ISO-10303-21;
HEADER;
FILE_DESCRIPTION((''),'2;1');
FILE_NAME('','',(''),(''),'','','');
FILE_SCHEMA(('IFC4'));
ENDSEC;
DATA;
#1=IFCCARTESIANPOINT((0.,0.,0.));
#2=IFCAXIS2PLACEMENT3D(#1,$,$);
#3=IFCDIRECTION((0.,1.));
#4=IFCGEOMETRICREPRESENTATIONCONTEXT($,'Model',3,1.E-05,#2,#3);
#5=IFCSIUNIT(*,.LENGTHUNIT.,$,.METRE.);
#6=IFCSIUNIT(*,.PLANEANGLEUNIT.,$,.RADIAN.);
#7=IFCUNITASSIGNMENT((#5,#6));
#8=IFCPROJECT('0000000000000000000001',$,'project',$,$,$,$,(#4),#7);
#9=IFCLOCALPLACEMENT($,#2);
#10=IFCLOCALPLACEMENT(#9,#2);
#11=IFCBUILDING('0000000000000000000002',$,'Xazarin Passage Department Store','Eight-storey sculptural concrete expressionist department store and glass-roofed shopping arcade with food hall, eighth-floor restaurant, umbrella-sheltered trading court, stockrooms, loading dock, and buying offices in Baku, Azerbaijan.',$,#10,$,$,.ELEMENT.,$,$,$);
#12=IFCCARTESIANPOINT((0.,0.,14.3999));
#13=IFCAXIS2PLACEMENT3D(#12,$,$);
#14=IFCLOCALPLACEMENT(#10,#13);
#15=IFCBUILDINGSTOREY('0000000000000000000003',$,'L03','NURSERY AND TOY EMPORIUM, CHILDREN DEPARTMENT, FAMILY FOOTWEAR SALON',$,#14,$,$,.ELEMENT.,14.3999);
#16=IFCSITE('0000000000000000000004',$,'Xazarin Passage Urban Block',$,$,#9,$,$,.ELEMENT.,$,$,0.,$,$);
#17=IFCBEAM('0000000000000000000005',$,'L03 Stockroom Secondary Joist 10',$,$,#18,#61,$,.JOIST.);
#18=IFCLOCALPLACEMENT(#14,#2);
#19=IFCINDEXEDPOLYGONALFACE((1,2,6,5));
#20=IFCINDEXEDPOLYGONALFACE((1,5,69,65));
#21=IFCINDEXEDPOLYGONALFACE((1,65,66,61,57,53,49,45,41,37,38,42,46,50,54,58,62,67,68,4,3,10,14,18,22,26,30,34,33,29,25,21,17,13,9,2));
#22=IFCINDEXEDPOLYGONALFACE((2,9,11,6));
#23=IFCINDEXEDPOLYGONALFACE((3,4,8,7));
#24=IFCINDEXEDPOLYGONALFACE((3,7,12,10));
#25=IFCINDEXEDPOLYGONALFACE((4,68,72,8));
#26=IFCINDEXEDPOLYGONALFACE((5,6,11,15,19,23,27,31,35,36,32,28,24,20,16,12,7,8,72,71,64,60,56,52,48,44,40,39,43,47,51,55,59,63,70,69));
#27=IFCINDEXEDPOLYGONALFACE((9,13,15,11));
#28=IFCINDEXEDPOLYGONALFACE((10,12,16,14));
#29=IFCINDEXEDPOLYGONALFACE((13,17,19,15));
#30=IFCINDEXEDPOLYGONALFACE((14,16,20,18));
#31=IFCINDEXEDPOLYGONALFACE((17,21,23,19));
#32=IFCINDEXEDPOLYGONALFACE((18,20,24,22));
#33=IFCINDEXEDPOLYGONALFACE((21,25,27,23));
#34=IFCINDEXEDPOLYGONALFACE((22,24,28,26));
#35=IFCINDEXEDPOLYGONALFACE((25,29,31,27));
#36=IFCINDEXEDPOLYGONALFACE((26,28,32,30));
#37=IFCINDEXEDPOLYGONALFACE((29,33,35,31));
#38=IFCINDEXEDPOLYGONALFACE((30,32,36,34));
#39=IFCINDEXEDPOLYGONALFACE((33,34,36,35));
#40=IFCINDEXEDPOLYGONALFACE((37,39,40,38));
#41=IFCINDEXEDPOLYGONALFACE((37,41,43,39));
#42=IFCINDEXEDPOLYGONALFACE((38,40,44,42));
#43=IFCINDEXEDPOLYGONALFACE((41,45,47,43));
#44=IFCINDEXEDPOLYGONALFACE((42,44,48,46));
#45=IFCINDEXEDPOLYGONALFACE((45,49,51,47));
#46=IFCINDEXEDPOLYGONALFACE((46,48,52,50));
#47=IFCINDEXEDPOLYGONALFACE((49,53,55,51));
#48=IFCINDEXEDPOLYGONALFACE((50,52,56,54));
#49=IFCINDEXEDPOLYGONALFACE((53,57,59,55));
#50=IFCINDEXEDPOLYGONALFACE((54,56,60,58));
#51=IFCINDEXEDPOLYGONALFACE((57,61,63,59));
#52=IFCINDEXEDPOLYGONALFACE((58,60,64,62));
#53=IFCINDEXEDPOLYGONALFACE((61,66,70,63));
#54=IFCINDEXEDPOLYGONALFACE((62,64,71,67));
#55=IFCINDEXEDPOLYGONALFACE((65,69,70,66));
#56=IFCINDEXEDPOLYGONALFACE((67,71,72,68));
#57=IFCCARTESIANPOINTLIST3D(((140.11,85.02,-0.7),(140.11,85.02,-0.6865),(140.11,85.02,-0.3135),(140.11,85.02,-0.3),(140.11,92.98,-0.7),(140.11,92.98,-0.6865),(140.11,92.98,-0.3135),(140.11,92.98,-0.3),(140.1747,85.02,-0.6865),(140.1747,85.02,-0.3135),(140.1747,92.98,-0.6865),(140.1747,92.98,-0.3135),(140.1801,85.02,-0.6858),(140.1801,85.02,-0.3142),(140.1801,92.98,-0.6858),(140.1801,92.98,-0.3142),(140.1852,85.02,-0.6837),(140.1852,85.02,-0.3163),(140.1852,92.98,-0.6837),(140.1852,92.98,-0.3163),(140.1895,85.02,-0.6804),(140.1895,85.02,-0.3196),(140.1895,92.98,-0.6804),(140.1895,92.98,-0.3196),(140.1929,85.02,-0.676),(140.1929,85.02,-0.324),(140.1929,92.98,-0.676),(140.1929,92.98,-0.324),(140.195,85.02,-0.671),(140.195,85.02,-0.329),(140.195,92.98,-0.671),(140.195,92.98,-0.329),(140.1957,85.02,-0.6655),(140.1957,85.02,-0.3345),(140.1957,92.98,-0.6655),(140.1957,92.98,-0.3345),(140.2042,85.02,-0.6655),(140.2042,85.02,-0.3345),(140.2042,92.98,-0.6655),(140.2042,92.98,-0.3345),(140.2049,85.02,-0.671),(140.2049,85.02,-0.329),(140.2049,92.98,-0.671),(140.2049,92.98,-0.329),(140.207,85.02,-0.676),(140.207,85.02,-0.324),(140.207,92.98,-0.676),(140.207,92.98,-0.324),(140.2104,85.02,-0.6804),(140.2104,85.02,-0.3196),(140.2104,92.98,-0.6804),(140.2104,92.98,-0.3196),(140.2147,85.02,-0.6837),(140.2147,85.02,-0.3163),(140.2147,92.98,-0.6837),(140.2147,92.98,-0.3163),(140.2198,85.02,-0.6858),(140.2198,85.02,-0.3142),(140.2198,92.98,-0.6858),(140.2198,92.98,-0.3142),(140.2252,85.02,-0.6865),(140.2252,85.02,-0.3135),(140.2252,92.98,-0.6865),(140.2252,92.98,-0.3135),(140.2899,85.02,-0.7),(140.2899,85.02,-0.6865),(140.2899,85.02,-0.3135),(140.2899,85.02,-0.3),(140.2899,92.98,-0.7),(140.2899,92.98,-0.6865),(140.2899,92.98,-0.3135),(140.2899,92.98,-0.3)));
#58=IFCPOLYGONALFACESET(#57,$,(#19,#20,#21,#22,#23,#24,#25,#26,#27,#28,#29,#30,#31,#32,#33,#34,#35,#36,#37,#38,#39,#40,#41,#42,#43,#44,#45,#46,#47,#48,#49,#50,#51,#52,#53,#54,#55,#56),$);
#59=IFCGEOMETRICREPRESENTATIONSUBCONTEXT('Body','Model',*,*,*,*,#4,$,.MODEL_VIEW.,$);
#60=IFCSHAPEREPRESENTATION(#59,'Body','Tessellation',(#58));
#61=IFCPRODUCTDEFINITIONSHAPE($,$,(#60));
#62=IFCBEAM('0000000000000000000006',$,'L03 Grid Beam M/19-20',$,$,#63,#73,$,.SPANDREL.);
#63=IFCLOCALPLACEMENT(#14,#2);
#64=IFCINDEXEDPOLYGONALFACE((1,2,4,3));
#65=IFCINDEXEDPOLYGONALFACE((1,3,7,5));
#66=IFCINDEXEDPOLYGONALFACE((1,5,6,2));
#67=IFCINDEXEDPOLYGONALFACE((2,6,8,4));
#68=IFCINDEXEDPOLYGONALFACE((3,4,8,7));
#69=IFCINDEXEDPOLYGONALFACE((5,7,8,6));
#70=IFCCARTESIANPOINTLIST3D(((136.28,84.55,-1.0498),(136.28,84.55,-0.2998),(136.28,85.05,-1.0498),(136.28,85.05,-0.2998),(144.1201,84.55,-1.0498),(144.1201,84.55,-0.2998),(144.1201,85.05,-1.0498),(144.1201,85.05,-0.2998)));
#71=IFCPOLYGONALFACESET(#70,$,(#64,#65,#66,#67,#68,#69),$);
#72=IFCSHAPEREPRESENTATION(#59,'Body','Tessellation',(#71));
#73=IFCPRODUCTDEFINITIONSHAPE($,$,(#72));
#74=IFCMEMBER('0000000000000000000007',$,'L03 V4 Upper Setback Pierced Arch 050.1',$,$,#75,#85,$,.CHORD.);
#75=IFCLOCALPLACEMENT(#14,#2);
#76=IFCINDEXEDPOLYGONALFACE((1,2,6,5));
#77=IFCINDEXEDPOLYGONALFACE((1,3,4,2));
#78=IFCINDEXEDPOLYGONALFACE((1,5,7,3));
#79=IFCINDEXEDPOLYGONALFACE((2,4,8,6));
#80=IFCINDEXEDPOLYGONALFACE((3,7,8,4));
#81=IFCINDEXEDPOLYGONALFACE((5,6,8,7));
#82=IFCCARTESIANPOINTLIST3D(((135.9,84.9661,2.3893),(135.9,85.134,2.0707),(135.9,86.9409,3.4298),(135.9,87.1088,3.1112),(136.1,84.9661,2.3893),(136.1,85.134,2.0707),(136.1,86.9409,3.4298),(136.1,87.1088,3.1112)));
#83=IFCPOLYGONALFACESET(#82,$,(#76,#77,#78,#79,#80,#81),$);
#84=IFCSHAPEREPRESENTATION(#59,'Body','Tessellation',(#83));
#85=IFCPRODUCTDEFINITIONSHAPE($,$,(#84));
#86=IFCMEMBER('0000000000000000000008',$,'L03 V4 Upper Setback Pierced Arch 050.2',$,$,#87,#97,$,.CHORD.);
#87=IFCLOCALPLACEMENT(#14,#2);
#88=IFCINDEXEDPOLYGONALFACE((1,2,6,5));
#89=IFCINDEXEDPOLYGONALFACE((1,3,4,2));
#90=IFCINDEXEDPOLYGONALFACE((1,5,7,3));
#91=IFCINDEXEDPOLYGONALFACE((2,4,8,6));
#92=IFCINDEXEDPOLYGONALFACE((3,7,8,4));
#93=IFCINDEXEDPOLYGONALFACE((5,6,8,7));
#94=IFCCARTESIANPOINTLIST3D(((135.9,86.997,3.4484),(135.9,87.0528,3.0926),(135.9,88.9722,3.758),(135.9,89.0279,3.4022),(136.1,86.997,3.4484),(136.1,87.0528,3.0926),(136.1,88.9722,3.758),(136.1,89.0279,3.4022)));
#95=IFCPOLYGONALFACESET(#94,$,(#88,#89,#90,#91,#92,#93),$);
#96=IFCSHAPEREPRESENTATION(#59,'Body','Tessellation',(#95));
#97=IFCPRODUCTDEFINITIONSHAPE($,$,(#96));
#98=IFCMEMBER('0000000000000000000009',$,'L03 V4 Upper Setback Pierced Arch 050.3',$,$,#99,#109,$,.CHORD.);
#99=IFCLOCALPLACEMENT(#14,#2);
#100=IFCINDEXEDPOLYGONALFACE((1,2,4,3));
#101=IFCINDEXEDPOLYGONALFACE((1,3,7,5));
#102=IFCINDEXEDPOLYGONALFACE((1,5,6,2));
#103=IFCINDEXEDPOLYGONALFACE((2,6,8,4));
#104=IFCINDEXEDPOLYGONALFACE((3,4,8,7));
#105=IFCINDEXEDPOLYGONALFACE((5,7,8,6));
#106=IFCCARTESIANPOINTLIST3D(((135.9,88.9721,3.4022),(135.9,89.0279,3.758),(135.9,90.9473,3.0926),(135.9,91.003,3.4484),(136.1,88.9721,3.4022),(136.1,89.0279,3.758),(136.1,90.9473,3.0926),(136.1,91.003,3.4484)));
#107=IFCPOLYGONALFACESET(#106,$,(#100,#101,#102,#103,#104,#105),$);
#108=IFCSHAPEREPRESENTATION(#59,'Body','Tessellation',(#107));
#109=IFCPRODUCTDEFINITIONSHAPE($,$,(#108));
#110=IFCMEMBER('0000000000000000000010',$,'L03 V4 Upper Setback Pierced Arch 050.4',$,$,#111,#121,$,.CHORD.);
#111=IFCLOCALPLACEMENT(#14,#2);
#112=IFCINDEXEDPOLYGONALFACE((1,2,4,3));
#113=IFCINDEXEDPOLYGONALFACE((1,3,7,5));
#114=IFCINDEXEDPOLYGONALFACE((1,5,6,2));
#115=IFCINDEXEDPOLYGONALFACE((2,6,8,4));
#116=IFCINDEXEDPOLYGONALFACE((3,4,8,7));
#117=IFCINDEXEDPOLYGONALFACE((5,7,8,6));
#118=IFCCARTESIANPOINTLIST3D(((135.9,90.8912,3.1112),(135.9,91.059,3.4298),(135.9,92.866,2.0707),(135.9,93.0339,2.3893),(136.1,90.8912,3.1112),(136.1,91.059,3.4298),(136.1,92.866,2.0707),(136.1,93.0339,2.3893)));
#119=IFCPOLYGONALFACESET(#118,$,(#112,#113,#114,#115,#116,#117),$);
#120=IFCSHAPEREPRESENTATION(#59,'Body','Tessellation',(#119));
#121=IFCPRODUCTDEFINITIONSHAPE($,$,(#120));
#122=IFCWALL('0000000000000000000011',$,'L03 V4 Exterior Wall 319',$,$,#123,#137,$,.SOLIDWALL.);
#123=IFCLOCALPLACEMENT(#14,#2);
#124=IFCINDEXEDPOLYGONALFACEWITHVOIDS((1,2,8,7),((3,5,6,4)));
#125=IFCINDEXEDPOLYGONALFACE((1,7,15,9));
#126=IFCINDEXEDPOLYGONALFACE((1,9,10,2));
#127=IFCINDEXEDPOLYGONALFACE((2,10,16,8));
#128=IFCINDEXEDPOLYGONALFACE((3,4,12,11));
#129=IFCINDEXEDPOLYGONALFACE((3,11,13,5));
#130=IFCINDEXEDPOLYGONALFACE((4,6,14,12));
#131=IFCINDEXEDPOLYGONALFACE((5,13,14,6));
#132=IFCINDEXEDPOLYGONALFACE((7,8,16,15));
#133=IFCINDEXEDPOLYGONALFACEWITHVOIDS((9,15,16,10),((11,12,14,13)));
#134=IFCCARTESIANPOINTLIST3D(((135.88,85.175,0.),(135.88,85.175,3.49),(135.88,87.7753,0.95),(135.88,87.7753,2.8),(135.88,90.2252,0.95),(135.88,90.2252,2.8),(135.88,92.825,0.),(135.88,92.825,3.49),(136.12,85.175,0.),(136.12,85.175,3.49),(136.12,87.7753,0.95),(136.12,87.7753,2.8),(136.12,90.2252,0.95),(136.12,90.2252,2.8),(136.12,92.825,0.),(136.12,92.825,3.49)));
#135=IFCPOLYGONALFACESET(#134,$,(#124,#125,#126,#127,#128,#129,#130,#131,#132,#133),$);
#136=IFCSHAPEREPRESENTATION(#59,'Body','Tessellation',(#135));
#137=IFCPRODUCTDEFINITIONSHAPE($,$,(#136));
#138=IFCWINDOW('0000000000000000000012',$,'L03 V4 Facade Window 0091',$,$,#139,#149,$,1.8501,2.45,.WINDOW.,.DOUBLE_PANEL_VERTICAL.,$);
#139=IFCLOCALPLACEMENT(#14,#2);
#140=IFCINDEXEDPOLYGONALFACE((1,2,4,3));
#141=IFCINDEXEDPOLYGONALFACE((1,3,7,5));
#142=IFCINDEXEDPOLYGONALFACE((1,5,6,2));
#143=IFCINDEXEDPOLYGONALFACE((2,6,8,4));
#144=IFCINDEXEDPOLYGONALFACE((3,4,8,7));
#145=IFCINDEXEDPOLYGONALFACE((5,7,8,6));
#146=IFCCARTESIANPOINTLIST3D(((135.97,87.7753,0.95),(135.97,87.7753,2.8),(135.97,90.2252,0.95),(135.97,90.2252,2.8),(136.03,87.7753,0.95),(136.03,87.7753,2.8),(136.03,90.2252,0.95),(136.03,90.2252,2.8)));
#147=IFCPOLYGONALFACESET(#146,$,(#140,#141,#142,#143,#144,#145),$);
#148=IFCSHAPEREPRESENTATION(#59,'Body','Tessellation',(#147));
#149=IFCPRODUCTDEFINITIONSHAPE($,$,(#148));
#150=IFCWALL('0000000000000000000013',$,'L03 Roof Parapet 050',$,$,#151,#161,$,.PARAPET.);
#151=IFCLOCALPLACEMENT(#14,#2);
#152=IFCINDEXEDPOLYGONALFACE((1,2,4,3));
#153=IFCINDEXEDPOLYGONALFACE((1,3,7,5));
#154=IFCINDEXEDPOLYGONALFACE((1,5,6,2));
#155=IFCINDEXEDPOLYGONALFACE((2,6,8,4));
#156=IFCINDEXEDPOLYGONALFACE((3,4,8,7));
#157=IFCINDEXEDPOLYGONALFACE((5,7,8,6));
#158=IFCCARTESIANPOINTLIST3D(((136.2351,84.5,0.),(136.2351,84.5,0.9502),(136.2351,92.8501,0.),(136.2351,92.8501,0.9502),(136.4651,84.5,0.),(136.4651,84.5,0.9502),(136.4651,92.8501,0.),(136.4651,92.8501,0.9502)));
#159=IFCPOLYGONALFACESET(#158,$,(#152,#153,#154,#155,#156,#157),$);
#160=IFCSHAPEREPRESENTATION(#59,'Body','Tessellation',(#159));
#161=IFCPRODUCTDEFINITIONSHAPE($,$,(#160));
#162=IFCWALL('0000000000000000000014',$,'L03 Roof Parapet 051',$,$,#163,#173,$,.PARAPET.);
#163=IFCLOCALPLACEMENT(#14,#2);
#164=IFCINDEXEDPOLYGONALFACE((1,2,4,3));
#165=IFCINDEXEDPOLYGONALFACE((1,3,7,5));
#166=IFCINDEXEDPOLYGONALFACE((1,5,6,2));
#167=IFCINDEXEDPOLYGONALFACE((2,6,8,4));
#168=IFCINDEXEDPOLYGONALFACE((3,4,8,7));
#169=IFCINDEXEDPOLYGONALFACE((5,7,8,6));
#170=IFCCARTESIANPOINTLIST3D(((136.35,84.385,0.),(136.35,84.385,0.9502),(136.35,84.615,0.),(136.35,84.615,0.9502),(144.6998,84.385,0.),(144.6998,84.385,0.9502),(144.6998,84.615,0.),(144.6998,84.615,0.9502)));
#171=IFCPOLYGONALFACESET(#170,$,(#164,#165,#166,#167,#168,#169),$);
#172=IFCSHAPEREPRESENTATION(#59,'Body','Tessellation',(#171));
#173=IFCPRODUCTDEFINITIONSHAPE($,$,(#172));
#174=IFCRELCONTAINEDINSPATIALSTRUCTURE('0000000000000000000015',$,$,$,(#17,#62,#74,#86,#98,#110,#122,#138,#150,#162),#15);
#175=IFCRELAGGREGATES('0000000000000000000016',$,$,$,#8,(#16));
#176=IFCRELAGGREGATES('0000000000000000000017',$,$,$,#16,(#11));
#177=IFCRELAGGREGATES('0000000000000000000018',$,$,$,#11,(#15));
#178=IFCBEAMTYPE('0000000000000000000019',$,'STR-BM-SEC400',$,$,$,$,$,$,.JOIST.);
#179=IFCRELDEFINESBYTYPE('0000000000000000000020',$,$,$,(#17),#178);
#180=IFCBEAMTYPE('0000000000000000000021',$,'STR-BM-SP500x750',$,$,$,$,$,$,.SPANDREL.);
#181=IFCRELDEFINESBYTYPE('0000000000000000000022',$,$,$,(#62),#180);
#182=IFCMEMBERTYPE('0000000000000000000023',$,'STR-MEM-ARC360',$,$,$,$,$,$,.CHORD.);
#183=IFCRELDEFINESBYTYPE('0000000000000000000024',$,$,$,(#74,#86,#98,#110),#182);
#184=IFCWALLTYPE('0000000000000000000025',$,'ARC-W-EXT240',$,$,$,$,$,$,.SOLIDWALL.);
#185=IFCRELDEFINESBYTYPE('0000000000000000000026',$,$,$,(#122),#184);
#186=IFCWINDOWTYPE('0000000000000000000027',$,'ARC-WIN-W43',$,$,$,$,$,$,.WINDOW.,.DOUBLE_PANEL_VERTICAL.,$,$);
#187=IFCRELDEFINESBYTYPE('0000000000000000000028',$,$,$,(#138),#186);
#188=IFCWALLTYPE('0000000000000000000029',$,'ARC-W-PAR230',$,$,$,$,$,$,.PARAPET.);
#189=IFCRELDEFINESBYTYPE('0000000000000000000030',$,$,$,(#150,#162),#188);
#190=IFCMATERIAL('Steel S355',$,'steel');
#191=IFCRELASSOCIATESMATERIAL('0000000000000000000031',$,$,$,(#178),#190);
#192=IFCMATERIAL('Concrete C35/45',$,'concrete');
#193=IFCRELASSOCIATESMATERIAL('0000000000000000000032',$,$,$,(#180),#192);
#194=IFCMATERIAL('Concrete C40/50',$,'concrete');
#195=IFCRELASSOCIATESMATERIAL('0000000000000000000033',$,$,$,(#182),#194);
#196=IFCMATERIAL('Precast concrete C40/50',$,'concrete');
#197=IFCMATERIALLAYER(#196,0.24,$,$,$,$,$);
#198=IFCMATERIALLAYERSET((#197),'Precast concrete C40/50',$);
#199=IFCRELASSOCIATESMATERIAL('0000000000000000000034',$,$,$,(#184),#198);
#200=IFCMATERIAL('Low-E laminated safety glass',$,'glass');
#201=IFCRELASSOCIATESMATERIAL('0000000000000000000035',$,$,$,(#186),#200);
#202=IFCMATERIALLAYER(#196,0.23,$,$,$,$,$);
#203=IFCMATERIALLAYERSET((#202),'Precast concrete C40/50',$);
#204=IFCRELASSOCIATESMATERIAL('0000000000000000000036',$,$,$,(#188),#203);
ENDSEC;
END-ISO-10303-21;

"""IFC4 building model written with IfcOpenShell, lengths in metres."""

from ifc_helpers import new_model, si_unit, direction, frame, frame_2d, origin, origin_2d, place, context, subcontext, project, spatial, rectangle, i_section, extrude, material, layer, layer_set, material_profile, profile_set, type_object, element, fill, save


model = new_model("IFC4")

# Units and contexts
model_context = context("Model", 3, precision=1e-05, world=origin(), true_north=direction((0.0, 1.0)))
body_context = subcontext(model_context, "Body", "Model", "MODEL_VIEW")
ifc_project = project(units=[si_unit("LENGTHUNIT", "METRE"), si_unit("PLANEANGLEUNIT", "RADIAN")], contexts=[model_context])

# Site, building, storey
site_placement = place(None, origin())
site = spatial("IfcSite", under=ifc_project, at=site_placement, Name="Xazarin Passage Urban Block", CompositionType="ELEMENT", RefElevation=0.0)
building_placement = place(site_placement, origin())
building = spatial("IfcBuilding", under=site, at=building_placement, Name="Xazarin Passage Department Store", Description="Eight-storey sculptural concrete expressionist department store and glass-roofed shopping arcade with food hall, eighth-floor restaurant, umbrella-sheltered trading court, stockrooms, loading dock, and buying offices in Baku, Azerbaijan.", CompositionType="ELEMENT")
storey_placement = place(building_placement, frame((0.0, 0.0, 14.3999)))
storey = spatial("IfcBuildingStorey", under=building, at=storey_placement, Name="L03", Description="NURSERY AND TOY EMPORIUM, CHILDREN DEPARTMENT, FAMILY FOOTWEAR SALON", CompositionType="ELEMENT", Elevation=14.3999)

# Shared definitions
ifc_material_1 = material(Name="Concrete C40/50", Category="concrete")

# Beams
ifc_material_2 = material(Name="Concrete C35/45", Category="concrete")
ifc_material_3 = material(Name="Steel S355", Category="steel")
ifc_material_profile_1 = material_profile(ifc_material_3, i_section(OverallWidth=0.1799, OverallDepth=0.3999, WebThickness=0.0085, FlangeThickness=0.0134, FilletRadius=0.021, at=origin_2d()), Name="IPE 400")
ifc_profile_set_1 = profile_set([ifc_material_profile_1], Name="Steel S355")
beam_type_1 = type_object("IfcBeamType", Name="STR-BM-SEC400", PredefinedType="JOIST", material=ifc_profile_set_1)
beam_1_placement = place(storey_placement, frame((140.2, 85.02, -0.5), z_axis=(0.0, 1.0, 0.0), x_axis=(-1.0, 0.0, 0.0)))
element("IfcBeam", 1, at=beam_1_placement, inside=storey, type_object=beam_type_1, Name="L03 Stockroom Secondary Joist 10", PredefinedType="JOIST", context=body_context, shape_type="SweptSolid", body=[
    extrude(i_section(OverallWidth=0.1799, OverallDepth=0.3999, WebThickness=0.0085, FlangeThickness=0.0134, FilletRadius=0.021, at=origin_2d()), origin(), (0.0, 0.0, 1.0), 7.96),
])
ifc_material_profile_2 = material_profile(ifc_material_2, rectangle(XDim=0.5, YDim=0.75, at=origin_2d()), Name="RC 500x750")
ifc_profile_set_2 = profile_set([ifc_material_profile_2], Name="Concrete C35/45")
beam_type_2 = type_object("IfcBeamType", Name="STR-BM-SP500x750", PredefinedType="SPANDREL", material=ifc_profile_set_2)
beam_2_placement = place(storey_placement, frame((136.28, 84.8, -0.6748), z_axis=(1.0, 0.0, 0.0), x_axis=(0.0, 1.0, 0.0)))
element("IfcBeam", 2, at=beam_2_placement, inside=storey, type_object=beam_type_2, Name="L03 Grid Beam M/19-20", PredefinedType="SPANDREL", context=body_context, shape_type="SweptSolid", body=[
    extrude(rectangle(XDim=0.5, YDim=0.75, at=origin_2d()), origin(), (0.0, 0.0, 1.0), 7.8401),
])

# Members
ifc_material_profile_3 = material_profile(ifc_material_1, rectangle(XDim=0.2, YDim=0.3601, at=origin_2d()), Name="RC 200x360")
ifc_profile_set_3 = profile_set([ifc_material_profile_3], Name="Concrete C40/50")
member_type_1 = type_object("IfcMemberType", Name="STR-MEM-ARC360", PredefinedType="CHORD", material=ifc_profile_set_3)
member_1_placement = place(storey_placement, frame((136.0, 85.05, 2.23), z_axis=(0.0, 0.884709, 0.466143), x_axis=(-1.0, 0.0, 0.0)))
element("IfcMember", 3, at=member_1_placement, inside=storey, type_object=member_type_1, Name="L03 V4 Upper Setback Pierced Arch 050.1", PredefinedType="CHORD", context=body_context, shape_type="SweptSolid", body=[
    extrude(rectangle(XDim=0.2, YDim=0.3601, at=origin_2d()), origin(), (0.0, 0.0, 1.0), 2.2322),
])
for number, where, z_axis, x_axis, name in (
    (4, (136.0, 87.0249, 3.2705), (0.0, 0.987939, 0.154846), (-1.0, 0.0, 0.0), "L03 V4 Upper Setback Pierced Arch 050.2"),
    (5, (136.0, 89.0, 3.5801), (0.0, 0.987939, -0.154846), (-1.0, 0.0, 0.0), "L03 V4 Upper Setback Pierced Arch 050.3"),
):
    element("IfcMember", number, at=place(storey_placement, frame(where, z_axis=z_axis, x_axis=x_axis)), inside=storey, type_object=member_type_1, Name=name, PredefinedType="CHORD", context=body_context, shape_type="SweptSolid", body=[
        extrude(rectangle(XDim=0.2, YDim=0.3601, at=origin_2d()), origin(), (0.0, 0.0, 1.0), 1.9993),
    ])
member_2_placement = place(storey_placement, frame((136.0, 90.9751, 3.2705), z_axis=(0.0, 0.884709, -0.466143), x_axis=(-1.0, 0.0, 0.0)))
element("IfcMember", 6, at=member_2_placement, inside=storey, type_object=member_type_1, Name="L03 V4 Upper Setback Pierced Arch 050.4", PredefinedType="CHORD", context=body_context, shape_type="SweptSolid", body=[
    extrude(rectangle(XDim=0.2, YDim=0.3601, at=origin_2d()), origin(), (0.0, 0.0, 1.0), 2.2322),
])

# Wall, opening, window
ifc_material_4 = material(Name="Precast concrete C40/50", Category="concrete")
ifc_layer_1 = layer(ifc_material_4, 0.24)
ifc_layer_set_1 = layer_set([ifc_layer_1], Name="Precast concrete C40/50")
wall_type_1 = type_object("IfcWallType", Name="ARC-W-EXT240", PredefinedType="SOLIDWALL", material=ifc_layer_set_1)
wall_1_placement = place(storey_placement, frame((136.0, 85.175, 0.0), z_axis=(0.0, 0.0, 1.0), x_axis=(0.0, 1.0, 0.0)))
wall_1 = element("IfcWall", 7, at=wall_1_placement, inside=storey, type_object=wall_type_1, Name="L03 V4 Exterior Wall 319", PredefinedType="SOLIDWALL", context=body_context, shape_type="SweptSolid", body=[
    extrude(rectangle(XDim=7.6499, YDim=0.24, at=frame_2d((3.825, 0.0))), origin(), (0.0, 0.0, 1.0), 3.49),
])
opening_placement = place(wall_1_placement, frame((2.6001, 0.0, 0.95)))
opening = element("IfcOpeningElement", 8, at=opening_placement, cuts=wall_1, PredefinedType="OPENING", context=body_context, shape_type="SweptSolid", body=[
    extrude(rectangle(XDim=2.45, YDim=1.8501, at=frame_2d((1.2251, 0.925))), frame((0.0, 0.1299, 0.0), z_axis=(0.0, -1.0, 0.0), x_axis=(1.0, 0.0, 0.0)), (0.0, 0.0, 1.0), 0.26),
])
ifc_material_5 = material(Name="Low-E laminated safety glass", Category="glass")
window_type = type_object("IfcWindowType", Name="ARC-WIN-W43", PartitioningType="DOUBLE_PANEL_VERTICAL", PredefinedType="WINDOW", material=ifc_material_5)
window_placement = place(opening_placement, origin())
window = element("IfcWindow", 9, at=window_placement, inside=storey, type_object=window_type, Name="L03 V4 Facade Window 0091", OverallHeight=1.8501, OverallWidth=2.45, PartitioningType="DOUBLE_PANEL_VERTICAL", PredefinedType="WINDOW", context=body_context, shape_type="SweptSolid", body=[
    extrude(rectangle(XDim=2.45, YDim=1.8501, at=frame_2d((1.2251, 0.925))), frame((0.0, 0.03, 0.0), z_axis=(0.0, -1.0, 0.0), x_axis=(1.0, 0.0, 0.0)), (0.0, 0.0, 1.0), 0.0601),
])
fill(opening, window)

# Walls
ifc_layer_2 = layer(ifc_material_4, 0.23)
ifc_layer_set_2 = layer_set([ifc_layer_2], Name="Precast concrete C40/50")
wall_type_2 = type_object("IfcWallType", Name="ARC-W-PAR230", PredefinedType="PARAPET", material=ifc_layer_set_2)
wall_2_placement = place(storey_placement, frame((136.3501, 92.8501, 0.0), z_axis=(0.0, 0.0, 1.0), x_axis=(0.0, -1.0, 0.0)))
element("IfcWall", 10, at=wall_2_placement, inside=storey, type_object=wall_type_2, Name="L03 Roof Parapet 050", PredefinedType="PARAPET", context=body_context, shape_type="SweptSolid", body=[
    extrude(rectangle(XDim=8.3501, YDim=0.23, at=frame_2d((4.175, 0.0))), origin(), (0.0, 0.0, 1.0), 0.9502),
])
wall_3_placement = place(storey_placement, frame((136.3501, 84.5, 0.0), z_axis=(0.0, 0.0, 1.0), x_axis=(1.0, 0.0, 0.0)))
element("IfcWall", 11, at=wall_3_placement, inside=storey, type_object=wall_type_2, Name="L03 Roof Parapet 051", PredefinedType="PARAPET", context=body_context, shape_type="SweptSolid", body=[
    extrude(rectangle(XDim=8.3499, YDim=0.23, at=frame_2d((4.1748, 0.0))), origin(), (0.0, 0.0, 1.0), 0.9502),
])

save(model, "model.ifc")
